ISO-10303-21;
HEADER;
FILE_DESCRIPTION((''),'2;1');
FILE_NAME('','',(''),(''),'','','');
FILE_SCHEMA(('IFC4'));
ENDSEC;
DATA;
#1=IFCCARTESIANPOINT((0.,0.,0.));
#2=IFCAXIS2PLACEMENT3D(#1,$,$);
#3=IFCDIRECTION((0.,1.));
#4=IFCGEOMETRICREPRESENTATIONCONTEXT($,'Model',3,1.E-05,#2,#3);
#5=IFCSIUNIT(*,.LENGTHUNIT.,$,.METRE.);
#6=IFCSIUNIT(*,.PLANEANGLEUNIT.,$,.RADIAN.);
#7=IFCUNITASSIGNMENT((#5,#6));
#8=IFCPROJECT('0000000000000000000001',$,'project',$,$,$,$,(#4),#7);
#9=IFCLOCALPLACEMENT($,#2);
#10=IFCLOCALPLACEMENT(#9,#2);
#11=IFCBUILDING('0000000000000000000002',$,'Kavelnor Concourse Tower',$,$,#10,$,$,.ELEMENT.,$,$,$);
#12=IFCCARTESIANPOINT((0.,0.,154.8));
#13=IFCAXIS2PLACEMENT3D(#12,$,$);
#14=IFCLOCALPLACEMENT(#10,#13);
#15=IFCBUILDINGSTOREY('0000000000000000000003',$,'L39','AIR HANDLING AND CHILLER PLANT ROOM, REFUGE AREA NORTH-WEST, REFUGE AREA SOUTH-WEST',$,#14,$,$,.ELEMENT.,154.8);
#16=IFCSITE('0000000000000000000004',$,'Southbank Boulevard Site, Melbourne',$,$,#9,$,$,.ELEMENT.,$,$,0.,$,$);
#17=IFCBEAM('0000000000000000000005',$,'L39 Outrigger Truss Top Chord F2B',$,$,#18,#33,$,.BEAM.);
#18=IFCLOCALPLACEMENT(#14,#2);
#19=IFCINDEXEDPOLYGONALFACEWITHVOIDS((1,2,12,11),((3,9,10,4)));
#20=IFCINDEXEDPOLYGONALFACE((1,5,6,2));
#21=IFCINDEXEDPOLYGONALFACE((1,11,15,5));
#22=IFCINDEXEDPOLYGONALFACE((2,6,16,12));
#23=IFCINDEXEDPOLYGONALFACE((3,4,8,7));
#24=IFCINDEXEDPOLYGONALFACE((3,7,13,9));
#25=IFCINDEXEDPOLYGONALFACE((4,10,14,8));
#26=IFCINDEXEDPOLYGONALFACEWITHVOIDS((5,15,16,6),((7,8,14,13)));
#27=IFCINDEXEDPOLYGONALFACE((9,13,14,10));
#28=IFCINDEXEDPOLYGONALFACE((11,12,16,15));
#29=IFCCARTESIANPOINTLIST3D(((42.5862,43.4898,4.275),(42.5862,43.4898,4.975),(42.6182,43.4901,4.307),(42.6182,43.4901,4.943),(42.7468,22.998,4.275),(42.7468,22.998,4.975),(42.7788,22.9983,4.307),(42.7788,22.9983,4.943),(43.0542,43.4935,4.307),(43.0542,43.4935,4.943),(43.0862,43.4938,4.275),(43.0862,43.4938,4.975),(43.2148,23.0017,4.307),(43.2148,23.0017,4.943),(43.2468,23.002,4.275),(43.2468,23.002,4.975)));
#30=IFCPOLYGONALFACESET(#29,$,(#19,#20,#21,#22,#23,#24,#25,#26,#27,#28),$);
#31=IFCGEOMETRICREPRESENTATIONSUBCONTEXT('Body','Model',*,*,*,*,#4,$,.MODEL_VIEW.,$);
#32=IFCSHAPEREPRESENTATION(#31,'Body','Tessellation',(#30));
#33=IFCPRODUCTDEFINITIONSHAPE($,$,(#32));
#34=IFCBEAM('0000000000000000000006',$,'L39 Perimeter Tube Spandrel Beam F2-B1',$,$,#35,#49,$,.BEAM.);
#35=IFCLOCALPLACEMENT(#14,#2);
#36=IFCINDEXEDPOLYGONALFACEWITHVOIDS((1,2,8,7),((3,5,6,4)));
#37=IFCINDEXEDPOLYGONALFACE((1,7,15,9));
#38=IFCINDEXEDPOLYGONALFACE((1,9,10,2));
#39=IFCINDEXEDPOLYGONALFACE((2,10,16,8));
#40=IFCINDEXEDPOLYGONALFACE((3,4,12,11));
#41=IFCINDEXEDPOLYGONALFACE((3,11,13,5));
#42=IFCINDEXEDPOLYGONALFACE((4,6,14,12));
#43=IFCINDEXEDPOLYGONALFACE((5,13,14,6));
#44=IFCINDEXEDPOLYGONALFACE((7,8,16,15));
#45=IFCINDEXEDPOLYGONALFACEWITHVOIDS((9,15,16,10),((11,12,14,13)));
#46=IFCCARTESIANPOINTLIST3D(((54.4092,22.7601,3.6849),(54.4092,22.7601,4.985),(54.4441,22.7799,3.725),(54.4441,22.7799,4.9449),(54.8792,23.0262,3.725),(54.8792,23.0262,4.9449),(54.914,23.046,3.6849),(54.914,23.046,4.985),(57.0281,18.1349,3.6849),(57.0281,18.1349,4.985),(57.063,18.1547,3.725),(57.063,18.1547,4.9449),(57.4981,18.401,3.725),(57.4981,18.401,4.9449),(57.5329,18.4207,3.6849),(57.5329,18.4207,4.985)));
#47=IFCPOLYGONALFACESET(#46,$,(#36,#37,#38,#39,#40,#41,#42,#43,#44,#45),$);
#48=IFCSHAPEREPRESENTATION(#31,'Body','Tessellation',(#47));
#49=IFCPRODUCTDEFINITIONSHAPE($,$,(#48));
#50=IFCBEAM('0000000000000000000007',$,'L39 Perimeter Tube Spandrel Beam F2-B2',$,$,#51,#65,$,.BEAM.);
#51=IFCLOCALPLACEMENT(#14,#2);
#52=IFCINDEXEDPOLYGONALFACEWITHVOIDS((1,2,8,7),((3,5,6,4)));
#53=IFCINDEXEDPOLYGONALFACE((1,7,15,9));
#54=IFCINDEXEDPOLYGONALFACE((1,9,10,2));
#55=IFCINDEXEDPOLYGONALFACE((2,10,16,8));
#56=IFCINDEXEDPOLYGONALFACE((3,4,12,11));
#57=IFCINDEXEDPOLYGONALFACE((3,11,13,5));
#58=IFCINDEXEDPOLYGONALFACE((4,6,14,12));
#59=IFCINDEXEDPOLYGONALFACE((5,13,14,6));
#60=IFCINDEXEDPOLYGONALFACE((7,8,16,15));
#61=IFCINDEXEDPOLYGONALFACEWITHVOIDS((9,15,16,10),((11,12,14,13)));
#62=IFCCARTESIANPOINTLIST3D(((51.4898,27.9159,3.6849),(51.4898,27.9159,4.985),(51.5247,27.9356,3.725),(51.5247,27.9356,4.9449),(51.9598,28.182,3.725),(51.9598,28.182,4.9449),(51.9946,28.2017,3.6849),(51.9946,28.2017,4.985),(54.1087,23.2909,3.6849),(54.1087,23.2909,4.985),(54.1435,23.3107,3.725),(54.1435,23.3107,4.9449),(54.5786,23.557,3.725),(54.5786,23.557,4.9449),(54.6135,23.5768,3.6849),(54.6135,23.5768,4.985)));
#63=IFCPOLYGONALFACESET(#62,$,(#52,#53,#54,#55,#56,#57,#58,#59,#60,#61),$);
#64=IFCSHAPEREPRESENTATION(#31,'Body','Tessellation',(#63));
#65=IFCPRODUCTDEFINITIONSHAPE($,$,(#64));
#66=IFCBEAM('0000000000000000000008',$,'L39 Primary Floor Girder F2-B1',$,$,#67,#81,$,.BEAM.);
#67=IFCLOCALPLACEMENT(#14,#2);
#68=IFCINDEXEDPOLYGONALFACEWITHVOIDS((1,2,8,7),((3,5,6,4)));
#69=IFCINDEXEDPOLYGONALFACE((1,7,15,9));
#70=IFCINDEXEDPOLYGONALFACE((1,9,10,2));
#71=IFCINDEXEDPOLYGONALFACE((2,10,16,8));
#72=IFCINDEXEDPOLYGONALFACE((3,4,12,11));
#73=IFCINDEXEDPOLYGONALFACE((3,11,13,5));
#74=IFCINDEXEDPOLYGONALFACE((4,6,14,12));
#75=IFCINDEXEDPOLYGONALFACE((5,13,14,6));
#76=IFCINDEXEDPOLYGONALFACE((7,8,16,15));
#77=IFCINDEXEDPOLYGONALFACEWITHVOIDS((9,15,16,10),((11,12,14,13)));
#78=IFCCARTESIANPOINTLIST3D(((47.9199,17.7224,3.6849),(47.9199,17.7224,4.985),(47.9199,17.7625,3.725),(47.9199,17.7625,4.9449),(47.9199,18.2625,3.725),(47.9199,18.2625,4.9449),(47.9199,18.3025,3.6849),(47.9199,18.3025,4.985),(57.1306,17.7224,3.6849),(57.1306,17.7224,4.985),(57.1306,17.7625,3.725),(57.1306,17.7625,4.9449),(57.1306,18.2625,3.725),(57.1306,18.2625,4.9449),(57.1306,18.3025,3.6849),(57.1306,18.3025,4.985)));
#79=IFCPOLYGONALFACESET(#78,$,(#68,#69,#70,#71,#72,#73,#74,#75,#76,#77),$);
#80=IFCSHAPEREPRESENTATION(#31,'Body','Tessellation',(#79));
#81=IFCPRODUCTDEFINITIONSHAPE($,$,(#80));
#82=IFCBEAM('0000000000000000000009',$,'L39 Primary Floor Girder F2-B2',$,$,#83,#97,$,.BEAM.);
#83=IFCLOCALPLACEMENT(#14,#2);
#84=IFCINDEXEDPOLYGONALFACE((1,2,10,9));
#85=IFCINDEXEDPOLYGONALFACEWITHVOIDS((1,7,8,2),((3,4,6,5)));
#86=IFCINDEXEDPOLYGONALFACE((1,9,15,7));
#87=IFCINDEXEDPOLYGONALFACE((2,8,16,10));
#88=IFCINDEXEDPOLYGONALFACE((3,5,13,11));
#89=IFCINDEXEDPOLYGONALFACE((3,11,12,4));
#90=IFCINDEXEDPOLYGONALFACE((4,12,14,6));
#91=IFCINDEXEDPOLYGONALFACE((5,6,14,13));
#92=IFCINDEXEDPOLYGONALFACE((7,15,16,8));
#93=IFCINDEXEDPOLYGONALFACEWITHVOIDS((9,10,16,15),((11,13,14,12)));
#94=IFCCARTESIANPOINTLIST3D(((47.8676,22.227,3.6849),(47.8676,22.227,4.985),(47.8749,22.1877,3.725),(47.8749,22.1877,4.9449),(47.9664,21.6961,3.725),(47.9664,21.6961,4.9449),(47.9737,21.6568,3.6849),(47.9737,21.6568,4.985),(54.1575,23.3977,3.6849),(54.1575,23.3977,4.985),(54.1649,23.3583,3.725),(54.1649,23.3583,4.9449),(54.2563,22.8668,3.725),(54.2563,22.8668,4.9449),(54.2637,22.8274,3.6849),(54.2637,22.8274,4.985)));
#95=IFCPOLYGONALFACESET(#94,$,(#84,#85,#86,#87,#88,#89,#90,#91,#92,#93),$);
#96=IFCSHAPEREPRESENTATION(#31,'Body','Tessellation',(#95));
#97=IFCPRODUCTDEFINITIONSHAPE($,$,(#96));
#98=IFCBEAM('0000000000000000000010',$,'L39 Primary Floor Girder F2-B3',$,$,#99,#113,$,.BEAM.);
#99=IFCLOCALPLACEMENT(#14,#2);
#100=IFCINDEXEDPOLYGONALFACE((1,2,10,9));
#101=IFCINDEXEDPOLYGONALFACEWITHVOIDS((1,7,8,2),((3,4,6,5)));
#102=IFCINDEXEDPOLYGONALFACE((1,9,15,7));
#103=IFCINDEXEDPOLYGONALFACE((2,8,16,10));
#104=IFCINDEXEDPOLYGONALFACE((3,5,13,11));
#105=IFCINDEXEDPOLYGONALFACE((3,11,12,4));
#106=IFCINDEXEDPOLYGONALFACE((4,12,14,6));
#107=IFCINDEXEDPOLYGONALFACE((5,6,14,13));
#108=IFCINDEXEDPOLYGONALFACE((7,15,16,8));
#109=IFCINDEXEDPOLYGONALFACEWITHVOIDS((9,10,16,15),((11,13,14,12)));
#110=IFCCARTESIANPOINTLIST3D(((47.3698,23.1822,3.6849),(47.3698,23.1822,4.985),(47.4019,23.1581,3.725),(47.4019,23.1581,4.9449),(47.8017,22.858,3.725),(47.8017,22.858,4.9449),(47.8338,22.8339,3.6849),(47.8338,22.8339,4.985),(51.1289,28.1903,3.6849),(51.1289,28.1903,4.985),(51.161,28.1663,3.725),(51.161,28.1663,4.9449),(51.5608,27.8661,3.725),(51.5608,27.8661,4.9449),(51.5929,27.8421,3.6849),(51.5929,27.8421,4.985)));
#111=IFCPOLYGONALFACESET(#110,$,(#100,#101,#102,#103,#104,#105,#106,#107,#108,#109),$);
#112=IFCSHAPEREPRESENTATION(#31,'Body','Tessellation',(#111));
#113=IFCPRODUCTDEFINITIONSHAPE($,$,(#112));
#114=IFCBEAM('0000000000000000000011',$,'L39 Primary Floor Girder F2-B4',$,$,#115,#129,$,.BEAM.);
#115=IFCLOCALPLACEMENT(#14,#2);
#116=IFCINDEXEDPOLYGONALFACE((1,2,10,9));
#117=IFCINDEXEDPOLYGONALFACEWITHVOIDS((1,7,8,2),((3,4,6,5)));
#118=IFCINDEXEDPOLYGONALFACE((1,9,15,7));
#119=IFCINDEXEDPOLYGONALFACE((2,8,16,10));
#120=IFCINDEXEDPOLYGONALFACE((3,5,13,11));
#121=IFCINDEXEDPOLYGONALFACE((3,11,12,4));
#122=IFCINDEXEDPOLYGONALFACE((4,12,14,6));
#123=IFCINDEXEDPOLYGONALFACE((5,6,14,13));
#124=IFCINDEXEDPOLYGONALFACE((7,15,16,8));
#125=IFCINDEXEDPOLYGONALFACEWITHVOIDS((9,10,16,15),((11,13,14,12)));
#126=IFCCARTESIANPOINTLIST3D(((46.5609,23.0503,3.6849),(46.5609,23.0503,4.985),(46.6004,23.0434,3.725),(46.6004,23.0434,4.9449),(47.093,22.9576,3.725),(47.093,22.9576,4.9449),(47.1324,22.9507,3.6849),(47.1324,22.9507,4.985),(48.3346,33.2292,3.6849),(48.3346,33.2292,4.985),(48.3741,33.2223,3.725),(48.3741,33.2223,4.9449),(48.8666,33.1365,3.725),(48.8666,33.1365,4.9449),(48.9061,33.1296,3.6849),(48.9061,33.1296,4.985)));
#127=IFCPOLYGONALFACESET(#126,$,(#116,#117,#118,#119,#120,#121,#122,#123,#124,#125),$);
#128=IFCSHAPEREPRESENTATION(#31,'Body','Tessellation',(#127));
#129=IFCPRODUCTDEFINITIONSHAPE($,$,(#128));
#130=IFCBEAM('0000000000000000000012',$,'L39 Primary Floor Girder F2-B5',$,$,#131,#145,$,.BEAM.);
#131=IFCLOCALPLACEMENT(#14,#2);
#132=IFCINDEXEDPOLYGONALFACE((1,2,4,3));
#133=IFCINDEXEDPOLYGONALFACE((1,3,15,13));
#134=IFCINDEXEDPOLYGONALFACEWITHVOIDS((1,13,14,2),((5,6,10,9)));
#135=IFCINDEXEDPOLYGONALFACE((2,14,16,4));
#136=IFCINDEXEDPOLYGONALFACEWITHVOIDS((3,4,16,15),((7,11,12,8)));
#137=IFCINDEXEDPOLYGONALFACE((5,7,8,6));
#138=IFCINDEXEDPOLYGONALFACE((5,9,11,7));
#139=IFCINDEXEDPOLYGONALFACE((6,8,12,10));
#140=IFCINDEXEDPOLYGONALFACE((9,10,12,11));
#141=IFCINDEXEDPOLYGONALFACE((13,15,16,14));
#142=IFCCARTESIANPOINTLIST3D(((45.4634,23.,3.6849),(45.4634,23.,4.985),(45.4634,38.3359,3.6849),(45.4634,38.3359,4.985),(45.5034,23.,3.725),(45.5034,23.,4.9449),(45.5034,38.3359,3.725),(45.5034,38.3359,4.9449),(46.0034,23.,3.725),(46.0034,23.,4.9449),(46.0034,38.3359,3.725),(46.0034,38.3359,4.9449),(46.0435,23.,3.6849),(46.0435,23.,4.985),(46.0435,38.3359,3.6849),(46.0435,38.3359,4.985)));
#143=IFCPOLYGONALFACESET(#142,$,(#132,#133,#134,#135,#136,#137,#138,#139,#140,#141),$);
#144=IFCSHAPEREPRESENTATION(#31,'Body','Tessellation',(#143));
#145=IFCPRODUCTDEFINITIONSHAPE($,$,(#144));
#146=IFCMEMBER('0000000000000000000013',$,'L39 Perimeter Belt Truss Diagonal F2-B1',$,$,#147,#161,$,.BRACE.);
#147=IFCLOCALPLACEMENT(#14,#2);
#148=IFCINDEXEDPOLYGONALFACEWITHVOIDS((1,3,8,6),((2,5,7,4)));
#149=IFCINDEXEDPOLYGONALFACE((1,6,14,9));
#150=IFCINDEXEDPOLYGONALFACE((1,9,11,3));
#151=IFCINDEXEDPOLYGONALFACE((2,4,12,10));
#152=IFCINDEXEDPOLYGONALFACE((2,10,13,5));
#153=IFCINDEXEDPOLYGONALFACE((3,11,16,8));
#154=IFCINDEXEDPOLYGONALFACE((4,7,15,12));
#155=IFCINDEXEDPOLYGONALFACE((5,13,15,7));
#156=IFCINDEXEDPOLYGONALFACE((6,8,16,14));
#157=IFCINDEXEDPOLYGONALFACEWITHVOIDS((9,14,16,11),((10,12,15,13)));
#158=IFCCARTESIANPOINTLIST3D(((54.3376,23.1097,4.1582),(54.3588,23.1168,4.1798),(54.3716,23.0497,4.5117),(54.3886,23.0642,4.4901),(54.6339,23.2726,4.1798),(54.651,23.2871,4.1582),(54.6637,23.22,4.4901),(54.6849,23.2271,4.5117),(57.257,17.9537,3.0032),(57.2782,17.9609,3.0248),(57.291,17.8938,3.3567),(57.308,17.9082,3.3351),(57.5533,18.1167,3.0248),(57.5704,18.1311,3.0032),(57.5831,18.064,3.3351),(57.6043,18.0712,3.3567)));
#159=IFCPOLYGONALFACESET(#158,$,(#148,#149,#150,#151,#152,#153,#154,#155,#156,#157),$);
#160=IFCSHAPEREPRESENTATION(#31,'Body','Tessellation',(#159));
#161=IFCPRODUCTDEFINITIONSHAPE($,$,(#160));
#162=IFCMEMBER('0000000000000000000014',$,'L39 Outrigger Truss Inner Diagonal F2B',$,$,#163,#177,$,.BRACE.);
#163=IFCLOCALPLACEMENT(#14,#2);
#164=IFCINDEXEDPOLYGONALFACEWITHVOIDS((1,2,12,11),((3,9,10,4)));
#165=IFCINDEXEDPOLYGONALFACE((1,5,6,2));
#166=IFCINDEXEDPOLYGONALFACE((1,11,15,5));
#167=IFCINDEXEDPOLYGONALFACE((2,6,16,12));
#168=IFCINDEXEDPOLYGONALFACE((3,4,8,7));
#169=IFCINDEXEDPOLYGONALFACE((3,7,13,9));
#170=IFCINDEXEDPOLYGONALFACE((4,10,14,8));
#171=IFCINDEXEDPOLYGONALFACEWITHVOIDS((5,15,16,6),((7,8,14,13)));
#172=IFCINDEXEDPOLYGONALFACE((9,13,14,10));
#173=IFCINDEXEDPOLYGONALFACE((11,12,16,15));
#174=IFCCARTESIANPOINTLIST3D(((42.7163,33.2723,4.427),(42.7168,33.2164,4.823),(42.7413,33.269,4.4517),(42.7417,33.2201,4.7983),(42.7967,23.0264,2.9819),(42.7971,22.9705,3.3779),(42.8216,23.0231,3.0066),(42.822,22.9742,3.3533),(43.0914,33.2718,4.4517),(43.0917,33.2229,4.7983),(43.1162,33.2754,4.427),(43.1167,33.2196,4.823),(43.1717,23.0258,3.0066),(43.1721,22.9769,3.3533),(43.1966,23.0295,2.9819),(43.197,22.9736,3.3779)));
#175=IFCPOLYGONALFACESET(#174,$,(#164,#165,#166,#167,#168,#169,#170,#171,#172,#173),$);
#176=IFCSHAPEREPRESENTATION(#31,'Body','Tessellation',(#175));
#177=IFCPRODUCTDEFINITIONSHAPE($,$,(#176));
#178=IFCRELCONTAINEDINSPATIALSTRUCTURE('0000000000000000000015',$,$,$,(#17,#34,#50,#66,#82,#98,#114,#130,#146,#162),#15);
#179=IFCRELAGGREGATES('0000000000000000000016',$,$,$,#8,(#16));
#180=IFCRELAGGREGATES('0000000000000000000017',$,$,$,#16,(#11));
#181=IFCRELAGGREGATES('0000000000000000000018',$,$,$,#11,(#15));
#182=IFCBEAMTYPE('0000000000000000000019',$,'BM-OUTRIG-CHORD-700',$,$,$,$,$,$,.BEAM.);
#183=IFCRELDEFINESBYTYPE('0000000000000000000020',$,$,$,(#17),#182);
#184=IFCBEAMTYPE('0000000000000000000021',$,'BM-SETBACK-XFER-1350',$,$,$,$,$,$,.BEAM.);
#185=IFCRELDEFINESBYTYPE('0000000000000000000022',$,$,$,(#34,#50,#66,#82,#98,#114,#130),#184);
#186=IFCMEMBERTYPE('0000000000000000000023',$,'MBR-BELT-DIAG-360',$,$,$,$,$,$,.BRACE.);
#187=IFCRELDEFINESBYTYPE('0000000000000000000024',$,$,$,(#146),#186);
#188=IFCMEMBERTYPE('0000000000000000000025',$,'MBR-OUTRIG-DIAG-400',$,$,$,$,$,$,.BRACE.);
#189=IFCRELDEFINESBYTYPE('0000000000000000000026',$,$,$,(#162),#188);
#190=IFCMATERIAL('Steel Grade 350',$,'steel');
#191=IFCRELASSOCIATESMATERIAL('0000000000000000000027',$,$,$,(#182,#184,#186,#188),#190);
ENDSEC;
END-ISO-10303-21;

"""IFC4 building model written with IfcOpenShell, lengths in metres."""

from ifc_helpers import new_model, si_unit, direction, frame, origin, origin_2d, place, context, subcontext, project, spatial, hollow_rectangle, extrude, material, material_profile, profile_set, type_object, element, save


model = new_model("IFC4")

# Units and contexts
model_context = context("Model", 3, precision=1e-05, world=origin(), true_north=direction((0.0, 1.0)))
body_context = subcontext(model_context, "Body", "Model", "MODEL_VIEW")
ifc_project = project(units=[si_unit("LENGTHUNIT", "METRE"), si_unit("PLANEANGLEUNIT", "RADIAN")], contexts=[model_context])

# Site, building, storey
site_placement = place(None, origin())
site = spatial("IfcSite", under=ifc_project, at=site_placement, Name="Southbank Boulevard Site, Melbourne", CompositionType="ELEMENT", RefElevation=0.0)
building_placement = place(site_placement, origin())
building = spatial("IfcBuilding", under=site, at=building_placement, Name="Kavelnor Concourse Tower", CompositionType="ELEMENT")
storey_placement = place(building_placement, frame((0.0, 0.0, 154.8)))
storey = spatial("IfcBuildingStorey", under=building, at=storey_placement, Name="L39", Description="AIR HANDLING AND CHILLER PLANT ROOM, REFUGE AREA NORTH-WEST, REFUGE AREA SOUTH-WEST", CompositionType="ELEMENT", Elevation=154.8)

# Shared definitions
ifc_material_1 = material(Name="Steel Grade 350", Category="steel")

# Beams
ifc_material_profile_1 = material_profile(ifc_material_1, hollow_rectangle(XDim=0.5, YDim=0.7, WallThickness=0.032, at=origin_2d()), Name="RHS 700x500x32")
ifc_profile_set_1 = profile_set([ifc_material_profile_1], Name="Steel Grade 350")
beam_type_1 = type_object("IfcBeamType", Name="BM-OUTRIG-CHORD-700", PredefinedType="BEAM", material=ifc_profile_set_1)
for number, where, z_axis, x_axis, name in (
    (1, (42.9968, 23.0, 4.625), (-0.007839, 0.999969, 0.0), (-0.999969, -0.007839, 0.0), "L39 Outrigger Truss Top Chord F2B"),
):
    element("IfcBeam", number, at=place(storey_placement, frame(where, z_axis=z_axis, x_axis=x_axis)), inside=storey, type_object=beam_type_1, Name=name, PredefinedType="BEAM", context=body_context, shape_type="SweptSolid", body=[
        extrude(hollow_rectangle(XDim=0.5, YDim=0.7, WallThickness=0.032, at=origin_2d()), origin(), (0.0, 0.0, 1.0), 20.4924),
    ])
ifc_material_profile_2 = material_profile(ifc_material_1, hollow_rectangle(XDim=0.5801, YDim=1.3, WallThickness=0.04, at=origin_2d()), Name="RHS 1300x580x40")
ifc_profile_set_2 = profile_set([ifc_material_profile_2], Name="Steel Grade 350")
beam_type_2 = type_object("IfcBeamType", Name="BM-SETBACK-XFER-1350", PredefinedType="BEAM", material=ifc_profile_set_2)
beam_1_placement = place(storey_placement, frame((57.2805, 18.2778, 4.335), z_axis=(-0.492717, 0.87019, 0.0), x_axis=(-0.87019, -0.492717, 0.0)))
element("IfcBeam", 2, at=beam_1_placement, inside=storey, type_object=beam_type_2, Name="L39 Perimeter Tube Spandrel Beam F2-B1", PredefinedType="BEAM", context=body_context, shape_type="SweptSolid", body=[
    extrude(hollow_rectangle(XDim=0.5801, YDim=1.3, WallThickness=0.04, at=origin_2d()), origin(), (0.0, 0.0, 1.0), 5.3152),
])
beam_2_placement = place(storey_placement, frame((54.3611, 23.4338, 4.335), z_axis=(-0.492737, 0.870178, 0.0), x_axis=(-0.870178, -0.492737, 0.0)))
element("IfcBeam", 3, at=beam_2_placement, inside=storey, type_object=beam_type_2, Name="L39 Perimeter Tube Spandrel Beam F2-B2", PredefinedType="BEAM", context=body_context, shape_type="SweptSolid", body=[
    extrude(hollow_rectangle(XDim=0.5801, YDim=1.3, WallThickness=0.04, at=origin_2d()), origin(), (0.0, 0.0, 1.0), 5.3149),
])
beam_3_placement = place(storey_placement, frame((47.9199, 18.0125, 4.335), z_axis=(1.0, 0.0, 0.0), x_axis=(0.0, 1.0, 0.0)))
element("IfcBeam", 4, at=beam_3_placement, inside=storey, type_object=beam_type_2, Name="L39 Primary Floor Girder F2-B1", PredefinedType="BEAM", context=body_context, shape_type="SweptSolid", body=[
    extrude(hollow_rectangle(XDim=0.5801, YDim=1.3, WallThickness=0.04, at=origin_2d()), origin(), (0.0, 0.0, 1.0), 9.2107),
])
beam_4_placement = place(storey_placement, frame((47.9207, 21.9419, 4.335), z_axis=(0.983118, 0.182971, 0.0), x_axis=(-0.182971, 0.983118, 0.0)))
element("IfcBeam", 5, at=beam_4_placement, inside=storey, type_object=beam_type_2, Name="L39 Primary Floor Girder F2-B2", PredefinedType="BEAM", context=body_context, shape_type="SweptSolid", body=[
    extrude(hollow_rectangle(XDim=0.5801, YDim=1.3, WallThickness=0.04, at=origin_2d()), origin(), (0.0, 0.0, 1.0), 6.3979),
])
beam_5_placement = place(storey_placement, frame((47.6018, 23.0081, 4.335), z_axis=(0.600306, 0.799771, 0.0), x_axis=(-0.799771, 0.600306, 0.0)))
element("IfcBeam", 6, at=beam_5_placement, inside=storey, type_object=beam_type_2, Name="L39 Primary Floor Girder F2-B3", PredefinedType="BEAM", context=body_context, shape_type="SweptSolid", body=[
    extrude(hollow_rectangle(XDim=0.5801, YDim=1.3, WallThickness=0.04, at=origin_2d()), origin(), (0.0, 0.0, 1.0), 6.262),
])
beam_6_placement = place(storey_placement, frame((46.8467, 23.0005, 4.335), z_axis=(0.171663, 0.985156, 0.0), x_axis=(-0.985156, 0.171663, 0.0)))
element("IfcBeam", 7, at=beam_6_placement, inside=storey, type_object=beam_type_2, Name="L39 Primary Floor Girder F2-B4", PredefinedType="BEAM", context=body_context, shape_type="SweptSolid", body=[
    extrude(hollow_rectangle(XDim=0.5801, YDim=1.3, WallThickness=0.04, at=origin_2d()), origin(), (0.0, 0.0, 1.0), 10.3323),
])
beam_7_placement = place(storey_placement, frame((45.7534, 23.0, 4.335), z_axis=(0.0, 1.0, 0.0), x_axis=(-1.0, 0.0, 0.0)))
element("IfcBeam", 8, at=beam_7_placement, inside=storey, type_object=beam_type_2, Name="L39 Primary Floor Girder F2-B5", PredefinedType="BEAM", context=body_context, shape_type="SweptSolid", body=[
    extrude(hollow_rectangle(XDim=0.5801, YDim=1.3, WallThickness=0.04, at=origin_2d()), origin(), (0.0, 0.0, 1.0), 15.3359),
])

# Members
ifc_material_profile_3 = material_profile(ifc_material_1, hollow_rectangle(XDim=0.3601, YDim=0.3601, WallThickness=0.022, at=origin_2d()), Name="SHS 360x360x22")
ifc_profile_set_3 = profile_set([ifc_material_profile_3], Name="Steel Grade 350")
member_type_1 = type_object("IfcMemberType", Name="MBR-BELT-DIAG-360", PredefinedType="BRACE", material=ifc_profile_set_3)
member_1_placement = place(storey_placement, frame((57.4307, 18.0125, 3.1799), z_axis=(-0.483615, 0.854112, 0.191335), x_axis=(-0.870189, -0.492718, 0.0)))
element("IfcMember", 9, at=member_1_placement, inside=storey, type_object=member_type_1, Name="L39 Perimeter Belt Truss Diagonal F2-B1", PredefinedType="BRACE", context=body_context, shape_type="SweptSolid", body=[
    extrude(hollow_rectangle(XDim=0.3601, YDim=0.3601, WallThickness=0.022, at=origin_2d()), origin(), (0.0, 0.0, 1.0), 6.0366),
])
ifc_material_profile_4 = material_profile(ifc_material_1, hollow_rectangle(XDim=0.3999, YDim=0.3999, WallThickness=0.0249, at=origin_2d()), Name="SHS 400x400x25")
ifc_profile_set_4 = profile_set([ifc_material_profile_4], Name="Steel Grade 350")
member_type_2 = type_object("IfcMemberType", Name="MBR-OUTRIG-DIAG-400", PredefinedType="BRACE", material=ifc_profile_set_4)
member_2_placement = place(storey_placement, frame((42.9968, 23.0, 3.1799), z_axis=(-0.007762, 0.99017, 0.139653), x_axis=(-0.999969, -0.007839, 0.0)))
element("IfcMember", 10, at=member_2_placement, inside=storey, type_object=member_type_2, Name="L39 Outrigger Truss Inner Diagonal F2B", PredefinedType="BRACE", context=body_context, shape_type="SweptSolid", body=[
    extrude(hollow_rectangle(XDim=0.3999, YDim=0.3999, WallThickness=0.0249, at=origin_2d()), origin(), (0.0, 0.0, 1.0), 10.3477),
])

save(model, "model.ifc")
